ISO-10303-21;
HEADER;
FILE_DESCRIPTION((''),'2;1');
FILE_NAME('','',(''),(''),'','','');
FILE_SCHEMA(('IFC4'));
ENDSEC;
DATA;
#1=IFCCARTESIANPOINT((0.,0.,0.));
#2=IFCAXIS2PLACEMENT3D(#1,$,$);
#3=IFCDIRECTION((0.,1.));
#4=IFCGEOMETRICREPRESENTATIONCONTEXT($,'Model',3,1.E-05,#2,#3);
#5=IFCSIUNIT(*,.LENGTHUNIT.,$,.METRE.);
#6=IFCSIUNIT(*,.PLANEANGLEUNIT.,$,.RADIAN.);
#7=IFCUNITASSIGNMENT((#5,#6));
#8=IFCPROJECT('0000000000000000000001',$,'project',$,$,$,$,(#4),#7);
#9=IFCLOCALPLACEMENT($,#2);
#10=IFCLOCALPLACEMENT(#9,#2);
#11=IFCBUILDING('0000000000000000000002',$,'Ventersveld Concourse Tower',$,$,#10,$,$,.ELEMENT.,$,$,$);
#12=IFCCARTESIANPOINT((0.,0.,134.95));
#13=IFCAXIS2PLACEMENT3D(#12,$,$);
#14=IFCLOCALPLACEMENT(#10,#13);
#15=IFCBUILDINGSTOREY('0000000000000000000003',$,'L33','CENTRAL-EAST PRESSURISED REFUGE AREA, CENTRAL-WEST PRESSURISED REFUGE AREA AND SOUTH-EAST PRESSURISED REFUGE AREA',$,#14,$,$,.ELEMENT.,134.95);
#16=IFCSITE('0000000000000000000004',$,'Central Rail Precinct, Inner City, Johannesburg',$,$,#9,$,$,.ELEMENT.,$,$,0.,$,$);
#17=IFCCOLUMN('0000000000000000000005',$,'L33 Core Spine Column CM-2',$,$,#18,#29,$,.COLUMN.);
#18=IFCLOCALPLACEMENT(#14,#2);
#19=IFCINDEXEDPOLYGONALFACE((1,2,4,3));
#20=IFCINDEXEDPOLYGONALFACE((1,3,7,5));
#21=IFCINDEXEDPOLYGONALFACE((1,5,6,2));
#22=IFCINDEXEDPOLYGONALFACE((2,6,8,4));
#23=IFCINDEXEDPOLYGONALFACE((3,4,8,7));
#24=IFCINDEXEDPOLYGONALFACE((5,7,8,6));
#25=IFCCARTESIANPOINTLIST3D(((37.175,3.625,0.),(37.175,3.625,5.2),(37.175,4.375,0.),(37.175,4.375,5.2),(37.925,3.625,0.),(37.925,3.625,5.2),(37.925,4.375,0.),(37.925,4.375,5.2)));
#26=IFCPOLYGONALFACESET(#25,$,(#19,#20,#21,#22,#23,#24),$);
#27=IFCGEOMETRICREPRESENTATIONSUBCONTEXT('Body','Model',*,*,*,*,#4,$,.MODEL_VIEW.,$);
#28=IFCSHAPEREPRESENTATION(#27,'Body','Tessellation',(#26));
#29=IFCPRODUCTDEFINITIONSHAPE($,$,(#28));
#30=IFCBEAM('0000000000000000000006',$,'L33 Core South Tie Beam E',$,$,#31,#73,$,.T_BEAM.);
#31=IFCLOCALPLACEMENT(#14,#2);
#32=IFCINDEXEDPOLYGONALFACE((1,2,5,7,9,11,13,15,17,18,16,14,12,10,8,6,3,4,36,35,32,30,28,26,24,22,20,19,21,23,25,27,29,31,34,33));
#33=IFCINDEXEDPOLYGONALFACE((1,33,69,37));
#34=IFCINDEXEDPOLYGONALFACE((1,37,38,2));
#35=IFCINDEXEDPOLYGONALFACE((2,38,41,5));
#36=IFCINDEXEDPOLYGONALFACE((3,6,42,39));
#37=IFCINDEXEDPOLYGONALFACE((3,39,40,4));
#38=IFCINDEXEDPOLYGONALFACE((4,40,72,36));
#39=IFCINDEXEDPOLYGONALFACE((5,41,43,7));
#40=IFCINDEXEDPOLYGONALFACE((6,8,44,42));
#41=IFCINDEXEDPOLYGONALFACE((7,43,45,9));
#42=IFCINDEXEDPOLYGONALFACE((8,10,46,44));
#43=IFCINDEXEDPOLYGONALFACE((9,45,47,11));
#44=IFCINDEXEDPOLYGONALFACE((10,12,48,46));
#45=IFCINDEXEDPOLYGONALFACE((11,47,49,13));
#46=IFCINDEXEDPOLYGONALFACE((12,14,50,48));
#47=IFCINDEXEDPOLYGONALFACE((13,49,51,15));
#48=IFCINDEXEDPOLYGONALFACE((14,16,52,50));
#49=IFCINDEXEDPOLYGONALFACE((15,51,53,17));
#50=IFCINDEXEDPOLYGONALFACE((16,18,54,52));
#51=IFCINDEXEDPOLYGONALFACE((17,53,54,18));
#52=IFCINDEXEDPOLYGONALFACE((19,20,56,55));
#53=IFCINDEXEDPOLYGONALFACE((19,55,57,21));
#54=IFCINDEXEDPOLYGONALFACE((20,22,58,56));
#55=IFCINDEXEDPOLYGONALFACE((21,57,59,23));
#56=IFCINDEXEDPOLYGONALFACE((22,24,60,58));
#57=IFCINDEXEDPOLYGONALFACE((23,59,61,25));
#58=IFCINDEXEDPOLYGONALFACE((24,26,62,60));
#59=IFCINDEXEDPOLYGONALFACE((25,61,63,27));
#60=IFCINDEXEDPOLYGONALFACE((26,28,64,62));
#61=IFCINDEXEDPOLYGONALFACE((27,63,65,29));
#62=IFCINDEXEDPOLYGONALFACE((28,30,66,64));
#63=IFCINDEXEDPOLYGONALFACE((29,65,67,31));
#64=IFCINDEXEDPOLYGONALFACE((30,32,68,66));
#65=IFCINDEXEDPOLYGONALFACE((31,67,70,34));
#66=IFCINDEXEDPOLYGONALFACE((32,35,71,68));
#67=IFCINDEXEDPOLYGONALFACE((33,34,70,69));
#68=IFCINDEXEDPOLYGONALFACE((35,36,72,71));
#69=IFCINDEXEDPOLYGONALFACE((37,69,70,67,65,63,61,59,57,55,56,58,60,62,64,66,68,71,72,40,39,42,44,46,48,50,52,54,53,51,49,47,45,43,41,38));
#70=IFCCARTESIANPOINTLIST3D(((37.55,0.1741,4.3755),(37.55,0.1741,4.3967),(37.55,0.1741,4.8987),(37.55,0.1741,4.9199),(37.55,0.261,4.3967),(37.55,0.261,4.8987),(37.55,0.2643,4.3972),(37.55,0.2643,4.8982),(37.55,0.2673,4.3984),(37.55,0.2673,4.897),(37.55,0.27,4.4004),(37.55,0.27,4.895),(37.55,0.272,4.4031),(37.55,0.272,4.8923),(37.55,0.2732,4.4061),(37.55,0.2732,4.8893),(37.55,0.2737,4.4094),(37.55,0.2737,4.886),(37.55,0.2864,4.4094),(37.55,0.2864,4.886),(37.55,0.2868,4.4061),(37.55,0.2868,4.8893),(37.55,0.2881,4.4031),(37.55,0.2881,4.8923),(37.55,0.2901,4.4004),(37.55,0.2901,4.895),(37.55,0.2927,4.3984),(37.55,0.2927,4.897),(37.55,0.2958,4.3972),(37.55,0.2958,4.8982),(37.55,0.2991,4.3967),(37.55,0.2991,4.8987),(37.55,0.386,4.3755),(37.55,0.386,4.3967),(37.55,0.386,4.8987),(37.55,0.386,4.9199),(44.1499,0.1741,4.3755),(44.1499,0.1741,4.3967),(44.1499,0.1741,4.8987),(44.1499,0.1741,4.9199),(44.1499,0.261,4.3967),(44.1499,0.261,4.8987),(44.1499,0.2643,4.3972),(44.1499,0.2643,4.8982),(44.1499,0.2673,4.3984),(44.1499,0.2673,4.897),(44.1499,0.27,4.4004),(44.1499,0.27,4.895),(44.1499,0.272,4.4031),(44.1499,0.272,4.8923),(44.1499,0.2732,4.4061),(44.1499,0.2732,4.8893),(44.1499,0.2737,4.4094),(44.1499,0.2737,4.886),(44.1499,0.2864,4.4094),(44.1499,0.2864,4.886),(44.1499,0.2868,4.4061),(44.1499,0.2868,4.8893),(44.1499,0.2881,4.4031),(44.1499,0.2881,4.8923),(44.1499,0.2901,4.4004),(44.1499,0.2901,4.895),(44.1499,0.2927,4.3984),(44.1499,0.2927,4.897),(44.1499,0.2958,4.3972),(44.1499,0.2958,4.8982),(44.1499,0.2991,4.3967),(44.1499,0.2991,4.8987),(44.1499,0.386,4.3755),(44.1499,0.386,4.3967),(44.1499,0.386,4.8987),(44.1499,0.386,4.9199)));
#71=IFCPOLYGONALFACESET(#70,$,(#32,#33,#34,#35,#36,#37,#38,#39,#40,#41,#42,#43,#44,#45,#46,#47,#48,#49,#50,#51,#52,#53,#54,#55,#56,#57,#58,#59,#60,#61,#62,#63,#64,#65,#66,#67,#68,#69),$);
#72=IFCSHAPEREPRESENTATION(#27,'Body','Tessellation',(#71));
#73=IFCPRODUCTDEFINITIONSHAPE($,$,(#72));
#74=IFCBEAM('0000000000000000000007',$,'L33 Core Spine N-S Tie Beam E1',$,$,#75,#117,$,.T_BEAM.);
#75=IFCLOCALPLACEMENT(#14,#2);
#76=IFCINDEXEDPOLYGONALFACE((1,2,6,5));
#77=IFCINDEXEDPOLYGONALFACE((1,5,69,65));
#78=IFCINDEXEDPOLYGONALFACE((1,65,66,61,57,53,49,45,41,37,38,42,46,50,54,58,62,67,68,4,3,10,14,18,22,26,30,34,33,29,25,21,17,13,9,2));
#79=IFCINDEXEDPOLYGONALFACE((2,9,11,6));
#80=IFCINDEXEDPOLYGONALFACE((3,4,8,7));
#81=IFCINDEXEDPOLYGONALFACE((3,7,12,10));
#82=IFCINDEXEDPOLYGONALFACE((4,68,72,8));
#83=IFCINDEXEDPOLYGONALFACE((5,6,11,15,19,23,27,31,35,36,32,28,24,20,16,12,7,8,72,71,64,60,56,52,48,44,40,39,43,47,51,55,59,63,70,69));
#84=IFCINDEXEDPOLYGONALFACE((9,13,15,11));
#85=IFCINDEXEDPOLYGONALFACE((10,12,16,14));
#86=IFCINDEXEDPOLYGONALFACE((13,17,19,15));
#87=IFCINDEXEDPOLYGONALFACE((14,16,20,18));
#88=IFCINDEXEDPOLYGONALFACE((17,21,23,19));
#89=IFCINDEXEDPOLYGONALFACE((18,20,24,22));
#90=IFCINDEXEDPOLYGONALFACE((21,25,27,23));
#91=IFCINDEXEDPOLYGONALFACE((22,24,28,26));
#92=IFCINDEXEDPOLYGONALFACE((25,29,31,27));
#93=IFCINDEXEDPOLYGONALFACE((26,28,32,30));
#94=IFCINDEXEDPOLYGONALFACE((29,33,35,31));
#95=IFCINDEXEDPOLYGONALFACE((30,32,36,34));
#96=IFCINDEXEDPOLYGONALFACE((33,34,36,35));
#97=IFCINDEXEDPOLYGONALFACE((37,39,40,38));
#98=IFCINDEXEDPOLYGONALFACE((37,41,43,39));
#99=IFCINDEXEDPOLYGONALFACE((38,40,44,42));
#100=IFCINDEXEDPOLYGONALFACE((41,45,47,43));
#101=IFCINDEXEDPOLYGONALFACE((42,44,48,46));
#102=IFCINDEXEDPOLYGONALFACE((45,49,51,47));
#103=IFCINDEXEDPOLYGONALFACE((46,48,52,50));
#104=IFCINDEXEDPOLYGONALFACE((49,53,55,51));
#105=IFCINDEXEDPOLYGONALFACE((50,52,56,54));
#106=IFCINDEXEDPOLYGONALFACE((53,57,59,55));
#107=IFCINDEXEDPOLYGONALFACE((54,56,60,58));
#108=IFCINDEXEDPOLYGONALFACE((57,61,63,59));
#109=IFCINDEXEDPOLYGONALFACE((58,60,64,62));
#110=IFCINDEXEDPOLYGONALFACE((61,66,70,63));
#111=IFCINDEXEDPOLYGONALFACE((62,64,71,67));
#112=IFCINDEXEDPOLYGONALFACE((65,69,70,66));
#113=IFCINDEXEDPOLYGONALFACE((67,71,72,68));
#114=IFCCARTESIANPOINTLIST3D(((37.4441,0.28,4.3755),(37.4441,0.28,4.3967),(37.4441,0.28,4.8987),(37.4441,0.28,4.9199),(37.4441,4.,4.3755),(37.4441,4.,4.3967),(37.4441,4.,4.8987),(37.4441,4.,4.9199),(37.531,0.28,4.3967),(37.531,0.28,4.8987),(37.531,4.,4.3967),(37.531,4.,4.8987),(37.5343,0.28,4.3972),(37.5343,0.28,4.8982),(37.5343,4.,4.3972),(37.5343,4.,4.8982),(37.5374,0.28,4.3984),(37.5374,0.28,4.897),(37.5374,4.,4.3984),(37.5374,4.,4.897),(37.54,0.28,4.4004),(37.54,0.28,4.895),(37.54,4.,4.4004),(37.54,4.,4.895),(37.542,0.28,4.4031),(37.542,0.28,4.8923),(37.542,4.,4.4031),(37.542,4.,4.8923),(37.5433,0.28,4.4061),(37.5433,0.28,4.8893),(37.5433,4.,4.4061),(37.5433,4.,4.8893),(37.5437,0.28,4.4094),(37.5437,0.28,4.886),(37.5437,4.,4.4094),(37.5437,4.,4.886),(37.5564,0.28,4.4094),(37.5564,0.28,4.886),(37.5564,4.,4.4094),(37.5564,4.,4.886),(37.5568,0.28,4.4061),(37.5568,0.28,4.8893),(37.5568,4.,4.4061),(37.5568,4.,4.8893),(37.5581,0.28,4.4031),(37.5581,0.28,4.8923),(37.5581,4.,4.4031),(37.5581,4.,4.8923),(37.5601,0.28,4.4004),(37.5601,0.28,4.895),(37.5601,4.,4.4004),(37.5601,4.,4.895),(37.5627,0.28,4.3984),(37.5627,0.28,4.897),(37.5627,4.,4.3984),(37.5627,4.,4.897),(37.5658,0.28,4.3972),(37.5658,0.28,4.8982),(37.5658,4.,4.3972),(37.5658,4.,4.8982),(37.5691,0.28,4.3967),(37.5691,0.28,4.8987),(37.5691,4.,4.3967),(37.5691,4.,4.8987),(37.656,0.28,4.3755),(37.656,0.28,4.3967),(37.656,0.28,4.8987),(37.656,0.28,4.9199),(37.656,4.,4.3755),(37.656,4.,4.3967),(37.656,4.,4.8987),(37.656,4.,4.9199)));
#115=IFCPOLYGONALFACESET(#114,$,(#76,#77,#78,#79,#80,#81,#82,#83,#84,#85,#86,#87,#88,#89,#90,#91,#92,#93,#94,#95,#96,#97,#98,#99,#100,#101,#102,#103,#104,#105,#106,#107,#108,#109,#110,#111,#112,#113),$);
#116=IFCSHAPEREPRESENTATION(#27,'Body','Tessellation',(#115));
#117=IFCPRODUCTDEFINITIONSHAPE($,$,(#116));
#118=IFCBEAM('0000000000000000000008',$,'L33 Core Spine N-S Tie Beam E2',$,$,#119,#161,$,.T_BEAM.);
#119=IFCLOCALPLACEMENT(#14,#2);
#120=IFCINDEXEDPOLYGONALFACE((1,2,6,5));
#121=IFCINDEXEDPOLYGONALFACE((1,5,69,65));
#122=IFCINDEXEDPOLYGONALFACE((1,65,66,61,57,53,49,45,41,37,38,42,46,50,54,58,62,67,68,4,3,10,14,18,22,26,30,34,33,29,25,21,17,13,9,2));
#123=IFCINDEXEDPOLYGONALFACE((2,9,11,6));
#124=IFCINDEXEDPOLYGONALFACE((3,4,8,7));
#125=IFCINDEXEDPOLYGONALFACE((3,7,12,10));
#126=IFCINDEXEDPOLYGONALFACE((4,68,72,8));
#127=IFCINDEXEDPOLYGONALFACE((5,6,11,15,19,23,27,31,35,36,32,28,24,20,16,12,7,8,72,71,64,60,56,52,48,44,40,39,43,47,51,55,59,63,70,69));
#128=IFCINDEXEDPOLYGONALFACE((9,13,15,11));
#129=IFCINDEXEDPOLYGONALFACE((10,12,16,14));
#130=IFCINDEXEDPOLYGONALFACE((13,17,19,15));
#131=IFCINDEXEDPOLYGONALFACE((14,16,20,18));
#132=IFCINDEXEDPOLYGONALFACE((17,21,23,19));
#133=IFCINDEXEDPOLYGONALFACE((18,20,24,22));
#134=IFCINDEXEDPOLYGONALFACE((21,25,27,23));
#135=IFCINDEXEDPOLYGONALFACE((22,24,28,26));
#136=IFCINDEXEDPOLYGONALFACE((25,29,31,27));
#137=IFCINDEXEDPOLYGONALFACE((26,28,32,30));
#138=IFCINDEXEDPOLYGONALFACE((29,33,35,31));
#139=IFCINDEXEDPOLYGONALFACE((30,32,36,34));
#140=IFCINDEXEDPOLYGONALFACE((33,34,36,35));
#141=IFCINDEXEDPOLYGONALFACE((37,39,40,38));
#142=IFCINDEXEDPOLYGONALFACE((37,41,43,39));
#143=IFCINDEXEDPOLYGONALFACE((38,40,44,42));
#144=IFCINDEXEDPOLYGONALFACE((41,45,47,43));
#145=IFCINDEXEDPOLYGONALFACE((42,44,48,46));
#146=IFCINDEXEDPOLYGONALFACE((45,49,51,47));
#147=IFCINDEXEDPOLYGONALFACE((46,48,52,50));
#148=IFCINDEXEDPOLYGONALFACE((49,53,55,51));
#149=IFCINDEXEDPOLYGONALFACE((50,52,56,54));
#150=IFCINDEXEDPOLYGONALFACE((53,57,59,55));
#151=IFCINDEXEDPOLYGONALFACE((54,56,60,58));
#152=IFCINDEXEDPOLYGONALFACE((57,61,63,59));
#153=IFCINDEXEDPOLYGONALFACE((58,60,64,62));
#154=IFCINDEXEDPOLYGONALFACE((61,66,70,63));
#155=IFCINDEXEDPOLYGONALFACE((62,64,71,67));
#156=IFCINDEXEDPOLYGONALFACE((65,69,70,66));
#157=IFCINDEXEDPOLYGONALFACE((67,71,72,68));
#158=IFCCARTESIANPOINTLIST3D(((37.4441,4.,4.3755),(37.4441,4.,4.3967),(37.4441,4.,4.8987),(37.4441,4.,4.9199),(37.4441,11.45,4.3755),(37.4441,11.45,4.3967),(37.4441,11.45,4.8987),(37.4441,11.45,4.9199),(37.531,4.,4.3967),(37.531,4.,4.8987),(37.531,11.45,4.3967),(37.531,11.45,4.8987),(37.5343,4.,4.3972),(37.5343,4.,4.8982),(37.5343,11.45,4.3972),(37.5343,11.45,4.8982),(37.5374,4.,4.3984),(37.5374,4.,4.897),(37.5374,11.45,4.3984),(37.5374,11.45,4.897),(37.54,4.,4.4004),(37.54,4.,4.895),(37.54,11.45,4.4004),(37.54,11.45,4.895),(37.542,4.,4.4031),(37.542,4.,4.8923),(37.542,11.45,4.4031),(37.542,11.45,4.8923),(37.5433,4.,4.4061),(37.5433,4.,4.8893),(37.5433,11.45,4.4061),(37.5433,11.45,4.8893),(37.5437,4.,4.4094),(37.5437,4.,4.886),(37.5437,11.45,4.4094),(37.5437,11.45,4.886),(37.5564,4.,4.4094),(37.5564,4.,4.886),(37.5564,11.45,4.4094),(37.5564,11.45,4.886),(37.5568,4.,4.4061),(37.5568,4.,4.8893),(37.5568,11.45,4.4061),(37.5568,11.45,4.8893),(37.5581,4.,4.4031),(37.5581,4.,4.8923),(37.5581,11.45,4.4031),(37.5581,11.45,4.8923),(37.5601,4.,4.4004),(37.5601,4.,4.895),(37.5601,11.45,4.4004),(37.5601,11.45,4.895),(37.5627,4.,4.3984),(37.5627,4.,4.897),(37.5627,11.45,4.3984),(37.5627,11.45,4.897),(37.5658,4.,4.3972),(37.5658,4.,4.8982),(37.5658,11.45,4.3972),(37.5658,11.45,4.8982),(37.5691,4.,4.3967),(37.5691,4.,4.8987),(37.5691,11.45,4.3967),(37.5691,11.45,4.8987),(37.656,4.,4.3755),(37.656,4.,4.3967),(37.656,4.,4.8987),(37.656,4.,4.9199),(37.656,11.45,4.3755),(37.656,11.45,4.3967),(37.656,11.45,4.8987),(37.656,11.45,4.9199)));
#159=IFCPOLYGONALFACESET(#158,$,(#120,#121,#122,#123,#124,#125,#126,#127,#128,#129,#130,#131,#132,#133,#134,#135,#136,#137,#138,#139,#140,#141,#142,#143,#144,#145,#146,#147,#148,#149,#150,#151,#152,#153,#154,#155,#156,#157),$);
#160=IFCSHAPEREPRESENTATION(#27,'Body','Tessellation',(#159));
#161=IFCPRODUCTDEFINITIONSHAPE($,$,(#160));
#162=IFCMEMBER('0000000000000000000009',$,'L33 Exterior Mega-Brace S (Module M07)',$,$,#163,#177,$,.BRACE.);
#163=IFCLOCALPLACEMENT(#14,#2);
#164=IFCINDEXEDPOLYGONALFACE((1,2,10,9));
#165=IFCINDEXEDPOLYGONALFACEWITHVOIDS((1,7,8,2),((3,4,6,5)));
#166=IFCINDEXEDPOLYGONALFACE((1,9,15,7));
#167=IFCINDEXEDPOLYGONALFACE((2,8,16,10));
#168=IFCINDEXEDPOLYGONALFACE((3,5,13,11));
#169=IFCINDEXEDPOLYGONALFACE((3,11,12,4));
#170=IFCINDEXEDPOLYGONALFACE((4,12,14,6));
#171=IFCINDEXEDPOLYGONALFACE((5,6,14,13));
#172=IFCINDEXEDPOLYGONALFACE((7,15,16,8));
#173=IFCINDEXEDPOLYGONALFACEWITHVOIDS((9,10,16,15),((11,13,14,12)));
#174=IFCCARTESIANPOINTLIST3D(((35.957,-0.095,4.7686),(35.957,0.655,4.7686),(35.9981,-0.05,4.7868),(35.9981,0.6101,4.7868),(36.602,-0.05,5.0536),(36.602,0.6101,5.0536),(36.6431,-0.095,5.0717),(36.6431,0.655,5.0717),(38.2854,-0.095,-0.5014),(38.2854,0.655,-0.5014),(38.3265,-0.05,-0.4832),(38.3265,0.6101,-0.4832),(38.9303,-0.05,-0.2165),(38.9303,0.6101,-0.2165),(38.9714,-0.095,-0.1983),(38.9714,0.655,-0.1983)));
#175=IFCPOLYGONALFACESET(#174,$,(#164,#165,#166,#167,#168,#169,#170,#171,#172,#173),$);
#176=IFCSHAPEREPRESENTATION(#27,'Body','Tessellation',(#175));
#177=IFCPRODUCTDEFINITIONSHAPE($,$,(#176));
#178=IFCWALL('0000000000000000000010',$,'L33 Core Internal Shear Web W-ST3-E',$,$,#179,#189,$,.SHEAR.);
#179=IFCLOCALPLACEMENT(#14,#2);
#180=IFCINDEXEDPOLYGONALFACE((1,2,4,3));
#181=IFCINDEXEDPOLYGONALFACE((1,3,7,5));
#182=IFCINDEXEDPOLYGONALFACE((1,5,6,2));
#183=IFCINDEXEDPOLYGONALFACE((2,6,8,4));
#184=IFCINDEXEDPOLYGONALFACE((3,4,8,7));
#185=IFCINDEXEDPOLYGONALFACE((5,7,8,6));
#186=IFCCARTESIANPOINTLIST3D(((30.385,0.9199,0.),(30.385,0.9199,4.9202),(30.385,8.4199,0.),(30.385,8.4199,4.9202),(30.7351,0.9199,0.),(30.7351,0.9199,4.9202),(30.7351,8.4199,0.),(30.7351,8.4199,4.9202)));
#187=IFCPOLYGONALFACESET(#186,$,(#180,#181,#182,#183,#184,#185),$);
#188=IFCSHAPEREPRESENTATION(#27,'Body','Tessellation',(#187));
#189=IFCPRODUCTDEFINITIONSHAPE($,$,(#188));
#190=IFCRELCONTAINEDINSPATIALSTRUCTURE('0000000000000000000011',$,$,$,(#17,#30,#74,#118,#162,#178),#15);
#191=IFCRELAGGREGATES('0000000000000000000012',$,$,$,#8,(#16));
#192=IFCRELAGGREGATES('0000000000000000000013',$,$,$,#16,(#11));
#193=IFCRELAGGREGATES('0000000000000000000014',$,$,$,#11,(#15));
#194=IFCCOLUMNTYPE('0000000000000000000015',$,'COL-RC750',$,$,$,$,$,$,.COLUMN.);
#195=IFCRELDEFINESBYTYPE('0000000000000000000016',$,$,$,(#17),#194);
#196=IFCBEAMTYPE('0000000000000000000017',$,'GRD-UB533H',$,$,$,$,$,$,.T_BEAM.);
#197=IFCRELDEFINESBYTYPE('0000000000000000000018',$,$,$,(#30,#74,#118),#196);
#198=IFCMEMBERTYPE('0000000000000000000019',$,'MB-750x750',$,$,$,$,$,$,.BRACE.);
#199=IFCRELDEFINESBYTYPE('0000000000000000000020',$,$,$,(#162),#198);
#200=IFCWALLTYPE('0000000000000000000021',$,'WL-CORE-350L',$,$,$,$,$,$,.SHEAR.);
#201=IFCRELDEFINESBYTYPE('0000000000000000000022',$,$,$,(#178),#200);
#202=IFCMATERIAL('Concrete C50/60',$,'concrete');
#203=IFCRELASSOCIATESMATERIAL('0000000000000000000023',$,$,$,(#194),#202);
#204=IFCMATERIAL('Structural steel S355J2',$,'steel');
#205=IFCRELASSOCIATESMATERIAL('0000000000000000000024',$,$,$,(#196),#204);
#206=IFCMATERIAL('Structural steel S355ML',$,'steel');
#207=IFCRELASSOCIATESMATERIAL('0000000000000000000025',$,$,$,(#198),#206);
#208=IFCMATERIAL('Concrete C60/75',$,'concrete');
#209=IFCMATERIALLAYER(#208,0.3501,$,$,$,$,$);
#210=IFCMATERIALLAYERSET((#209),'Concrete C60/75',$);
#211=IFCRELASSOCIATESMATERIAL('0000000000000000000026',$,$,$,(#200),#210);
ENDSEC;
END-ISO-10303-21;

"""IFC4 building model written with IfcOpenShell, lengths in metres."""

from ifc_helpers import new_model, si_unit, direction, frame, frame_2d, origin, origin_2d, place, context, subcontext, project, spatial, rectangle, hollow_rectangle, i_section, extrude, material, layer, layer_set, material_profile, profile_set, type_object, element, save


model = new_model("IFC4")

# Units and contexts
model_context = context("Model", 3, precision=1e-05, world=origin(), true_north=direction((0.0, 1.0)))
body_context = subcontext(model_context, "Body", "Model", "MODEL_VIEW")
ifc_project = project(units=[si_unit("LENGTHUNIT", "METRE"), si_unit("PLANEANGLEUNIT", "RADIAN")], contexts=[model_context])

# Site, building, storey
site_placement = place(None, origin())
site = spatial("IfcSite", under=ifc_project, at=site_placement, Name="Central Rail Precinct, Inner City, Johannesburg", CompositionType="ELEMENT", RefElevation=0.0)
building_placement = place(site_placement, origin())
building = spatial("IfcBuilding", under=site, at=building_placement, Name="Ventersveld Concourse Tower", CompositionType="ELEMENT")
storey_placement = place(building_placement, frame((0.0, 0.0, 134.95)))
storey = spatial("IfcBuildingStorey", under=building, at=storey_placement, Name="L33", Description="CENTRAL-EAST PRESSURISED REFUGE AREA, CENTRAL-WEST PRESSURISED REFUGE AREA AND SOUTH-EAST PRESSURISED REFUGE AREA", CompositionType="ELEMENT", Elevation=134.95)

# Column
ifc_material_1 = material(Name="Concrete C50/60", Category="concrete")
ifc_material_profile_1 = material_profile(ifc_material_1, rectangle(XDim=0.75, YDim=0.75, at=origin_2d()), Name="RC 750x750")
ifc_profile_set_1 = profile_set([ifc_material_profile_1], Name="Concrete C50/60")
column_type = type_object("IfcColumnType", Name="COL-RC750", PredefinedType="COLUMN", material=ifc_profile_set_1)
column_placement = place(storey_placement, frame((37.55, 4.0, 0.0), z_axis=(0.0, 0.0, 1.0), x_axis=(1.0, 0.0, 0.0)))
element("IfcColumn", 1, at=column_placement, inside=storey, type_object=column_type, Name="L33 Core Spine Column CM-2", PredefinedType="COLUMN", context=body_context, shape_type="SweptSolid", body=[
    extrude(rectangle(XDim=0.75, YDim=0.75, at=origin_2d()), origin(), (0.0, 0.0, 1.0), 5.2),
])

# Beams
ifc_material_2 = material(Name="Structural steel S355J2", Category="steel")
ifc_material_profile_2 = material_profile(ifc_material_2, i_section(OverallWidth=0.2119, OverallDepth=0.5444, WebThickness=0.0127, FlangeThickness=0.0212, FilletRadius=0.0127, at=origin_2d()), Name="UB 533x210x122")
ifc_profile_set_2 = profile_set([ifc_material_profile_2], Name="Structural steel S355J2")
beam_type = type_object("IfcBeamType", Name="GRD-UB533H", PredefinedType="T_BEAM", material=ifc_profile_set_2)
beam_1_placement = place(storey_placement, frame((37.55, 0.28, 4.6477), z_axis=(1.0, 0.0, 0.0), x_axis=(0.0, 1.0, 0.0)))
element("IfcBeam", 2, at=beam_1_placement, inside=storey, type_object=beam_type, Name="L33 Core South Tie Beam E", PredefinedType="T_BEAM", context=body_context, shape_type="SweptSolid", body=[
    extrude(i_section(OverallWidth=0.2119, OverallDepth=0.5444, WebThickness=0.0127, FlangeThickness=0.0212, FilletRadius=0.0127, at=origin_2d()), origin(), (0.0, 0.0, 1.0), 6.5999),
])
beam_2_placement = place(storey_placement, frame((37.55, 0.28, 4.6477), z_axis=(0.0, 1.0, 0.0), x_axis=(-1.0, 0.0, 0.0)))
element("IfcBeam", 3, at=beam_2_placement, inside=storey, type_object=beam_type, Name="L33 Core Spine N-S Tie Beam E1", PredefinedType="T_BEAM", context=body_context, shape_type="SweptSolid", body=[
    extrude(i_section(OverallWidth=0.2119, OverallDepth=0.5444, WebThickness=0.0127, FlangeThickness=0.0212, FilletRadius=0.0127, at=origin_2d()), origin(), (0.0, 0.0, 1.0), 3.72),
])
beam_3_placement = place(storey_placement, frame((37.55, 4.0, 4.6477), z_axis=(0.0, 1.0, 0.0), x_axis=(-1.0, 0.0, 0.0)))
element("IfcBeam", 4, at=beam_3_placement, inside=storey, type_object=beam_type, Name="L33 Core Spine N-S Tie Beam E2", PredefinedType="T_BEAM", context=body_context, shape_type="SweptSolid", body=[
    extrude(i_section(OverallWidth=0.2119, OverallDepth=0.5444, WebThickness=0.0127, FlangeThickness=0.0212, FilletRadius=0.0127, at=origin_2d()), origin(), (0.0, 0.0, 1.0), 7.45),
])

# Member
ifc_material_3 = material(Name="Structural steel S355ML", Category="steel")
ifc_material_profile_3 = material_profile(ifc_material_3, hollow_rectangle(XDim=0.75, YDim=0.75, WallThickness=0.0449, at=origin_2d()), Name="BOX 750x750x45")
ifc_profile_set_3 = profile_set([ifc_material_profile_3], Name="Structural steel S355ML")
member_type = type_object("IfcMemberType", Name="MB-750x750", PredefinedType="BRACE", material=ifc_profile_set_3)
member_placement = place(storey_placement, frame((38.6284, 0.28, -0.3499), z_axis=(-0.404128, 0.0, 0.914702), x_axis=(0.0, -1.0, 0.0)))
element("IfcMember", 5, at=member_placement, inside=storey, type_object=member_type, Name="L33 Exterior Mega-Brace S (Module M07)", PredefinedType="BRACE", context=body_context, shape_type="SweptSolid", body=[
    extrude(hollow_rectangle(XDim=0.75, YDim=0.75, WallThickness=0.0449, at=origin_2d()), origin(), (0.0, 0.0, 1.0), 5.7615),
])

# Wall
ifc_material_4 = material(Name="Concrete C60/75", Category="concrete")
ifc_layer_1 = layer(ifc_material_4, 0.3501)
ifc_layer_set_1 = layer_set([ifc_layer_1], Name="Concrete C60/75")
wall_type_1 = type_object("IfcWallType", Name="WL-CORE-350L", PredefinedType="SHEAR", material=ifc_layer_set_1)
for number, where, z_axis, x_axis, name in (
    (6, (30.5601, 0.9199, 0.0), (0.0, 0.0, 1.0), (0.0, 1.0, 0.0), "L33 Core Internal Shear Web W-ST3-E"),
):
    element("IfcWall", number, at=place(storey_placement, frame(where, z_axis=z_axis, x_axis=x_axis)), inside=storey, type_object=wall_type_1, Name=name, PredefinedType="SHEAR", context=body_context, shape_type="SweptSolid", body=[
        extrude(rectangle(XDim=7.5, YDim=0.3501, at=frame_2d((3.75, 0.0))), origin(), (0.0, 0.0, 1.0), 4.9202),
    ])

save(model, "model.ifc")
